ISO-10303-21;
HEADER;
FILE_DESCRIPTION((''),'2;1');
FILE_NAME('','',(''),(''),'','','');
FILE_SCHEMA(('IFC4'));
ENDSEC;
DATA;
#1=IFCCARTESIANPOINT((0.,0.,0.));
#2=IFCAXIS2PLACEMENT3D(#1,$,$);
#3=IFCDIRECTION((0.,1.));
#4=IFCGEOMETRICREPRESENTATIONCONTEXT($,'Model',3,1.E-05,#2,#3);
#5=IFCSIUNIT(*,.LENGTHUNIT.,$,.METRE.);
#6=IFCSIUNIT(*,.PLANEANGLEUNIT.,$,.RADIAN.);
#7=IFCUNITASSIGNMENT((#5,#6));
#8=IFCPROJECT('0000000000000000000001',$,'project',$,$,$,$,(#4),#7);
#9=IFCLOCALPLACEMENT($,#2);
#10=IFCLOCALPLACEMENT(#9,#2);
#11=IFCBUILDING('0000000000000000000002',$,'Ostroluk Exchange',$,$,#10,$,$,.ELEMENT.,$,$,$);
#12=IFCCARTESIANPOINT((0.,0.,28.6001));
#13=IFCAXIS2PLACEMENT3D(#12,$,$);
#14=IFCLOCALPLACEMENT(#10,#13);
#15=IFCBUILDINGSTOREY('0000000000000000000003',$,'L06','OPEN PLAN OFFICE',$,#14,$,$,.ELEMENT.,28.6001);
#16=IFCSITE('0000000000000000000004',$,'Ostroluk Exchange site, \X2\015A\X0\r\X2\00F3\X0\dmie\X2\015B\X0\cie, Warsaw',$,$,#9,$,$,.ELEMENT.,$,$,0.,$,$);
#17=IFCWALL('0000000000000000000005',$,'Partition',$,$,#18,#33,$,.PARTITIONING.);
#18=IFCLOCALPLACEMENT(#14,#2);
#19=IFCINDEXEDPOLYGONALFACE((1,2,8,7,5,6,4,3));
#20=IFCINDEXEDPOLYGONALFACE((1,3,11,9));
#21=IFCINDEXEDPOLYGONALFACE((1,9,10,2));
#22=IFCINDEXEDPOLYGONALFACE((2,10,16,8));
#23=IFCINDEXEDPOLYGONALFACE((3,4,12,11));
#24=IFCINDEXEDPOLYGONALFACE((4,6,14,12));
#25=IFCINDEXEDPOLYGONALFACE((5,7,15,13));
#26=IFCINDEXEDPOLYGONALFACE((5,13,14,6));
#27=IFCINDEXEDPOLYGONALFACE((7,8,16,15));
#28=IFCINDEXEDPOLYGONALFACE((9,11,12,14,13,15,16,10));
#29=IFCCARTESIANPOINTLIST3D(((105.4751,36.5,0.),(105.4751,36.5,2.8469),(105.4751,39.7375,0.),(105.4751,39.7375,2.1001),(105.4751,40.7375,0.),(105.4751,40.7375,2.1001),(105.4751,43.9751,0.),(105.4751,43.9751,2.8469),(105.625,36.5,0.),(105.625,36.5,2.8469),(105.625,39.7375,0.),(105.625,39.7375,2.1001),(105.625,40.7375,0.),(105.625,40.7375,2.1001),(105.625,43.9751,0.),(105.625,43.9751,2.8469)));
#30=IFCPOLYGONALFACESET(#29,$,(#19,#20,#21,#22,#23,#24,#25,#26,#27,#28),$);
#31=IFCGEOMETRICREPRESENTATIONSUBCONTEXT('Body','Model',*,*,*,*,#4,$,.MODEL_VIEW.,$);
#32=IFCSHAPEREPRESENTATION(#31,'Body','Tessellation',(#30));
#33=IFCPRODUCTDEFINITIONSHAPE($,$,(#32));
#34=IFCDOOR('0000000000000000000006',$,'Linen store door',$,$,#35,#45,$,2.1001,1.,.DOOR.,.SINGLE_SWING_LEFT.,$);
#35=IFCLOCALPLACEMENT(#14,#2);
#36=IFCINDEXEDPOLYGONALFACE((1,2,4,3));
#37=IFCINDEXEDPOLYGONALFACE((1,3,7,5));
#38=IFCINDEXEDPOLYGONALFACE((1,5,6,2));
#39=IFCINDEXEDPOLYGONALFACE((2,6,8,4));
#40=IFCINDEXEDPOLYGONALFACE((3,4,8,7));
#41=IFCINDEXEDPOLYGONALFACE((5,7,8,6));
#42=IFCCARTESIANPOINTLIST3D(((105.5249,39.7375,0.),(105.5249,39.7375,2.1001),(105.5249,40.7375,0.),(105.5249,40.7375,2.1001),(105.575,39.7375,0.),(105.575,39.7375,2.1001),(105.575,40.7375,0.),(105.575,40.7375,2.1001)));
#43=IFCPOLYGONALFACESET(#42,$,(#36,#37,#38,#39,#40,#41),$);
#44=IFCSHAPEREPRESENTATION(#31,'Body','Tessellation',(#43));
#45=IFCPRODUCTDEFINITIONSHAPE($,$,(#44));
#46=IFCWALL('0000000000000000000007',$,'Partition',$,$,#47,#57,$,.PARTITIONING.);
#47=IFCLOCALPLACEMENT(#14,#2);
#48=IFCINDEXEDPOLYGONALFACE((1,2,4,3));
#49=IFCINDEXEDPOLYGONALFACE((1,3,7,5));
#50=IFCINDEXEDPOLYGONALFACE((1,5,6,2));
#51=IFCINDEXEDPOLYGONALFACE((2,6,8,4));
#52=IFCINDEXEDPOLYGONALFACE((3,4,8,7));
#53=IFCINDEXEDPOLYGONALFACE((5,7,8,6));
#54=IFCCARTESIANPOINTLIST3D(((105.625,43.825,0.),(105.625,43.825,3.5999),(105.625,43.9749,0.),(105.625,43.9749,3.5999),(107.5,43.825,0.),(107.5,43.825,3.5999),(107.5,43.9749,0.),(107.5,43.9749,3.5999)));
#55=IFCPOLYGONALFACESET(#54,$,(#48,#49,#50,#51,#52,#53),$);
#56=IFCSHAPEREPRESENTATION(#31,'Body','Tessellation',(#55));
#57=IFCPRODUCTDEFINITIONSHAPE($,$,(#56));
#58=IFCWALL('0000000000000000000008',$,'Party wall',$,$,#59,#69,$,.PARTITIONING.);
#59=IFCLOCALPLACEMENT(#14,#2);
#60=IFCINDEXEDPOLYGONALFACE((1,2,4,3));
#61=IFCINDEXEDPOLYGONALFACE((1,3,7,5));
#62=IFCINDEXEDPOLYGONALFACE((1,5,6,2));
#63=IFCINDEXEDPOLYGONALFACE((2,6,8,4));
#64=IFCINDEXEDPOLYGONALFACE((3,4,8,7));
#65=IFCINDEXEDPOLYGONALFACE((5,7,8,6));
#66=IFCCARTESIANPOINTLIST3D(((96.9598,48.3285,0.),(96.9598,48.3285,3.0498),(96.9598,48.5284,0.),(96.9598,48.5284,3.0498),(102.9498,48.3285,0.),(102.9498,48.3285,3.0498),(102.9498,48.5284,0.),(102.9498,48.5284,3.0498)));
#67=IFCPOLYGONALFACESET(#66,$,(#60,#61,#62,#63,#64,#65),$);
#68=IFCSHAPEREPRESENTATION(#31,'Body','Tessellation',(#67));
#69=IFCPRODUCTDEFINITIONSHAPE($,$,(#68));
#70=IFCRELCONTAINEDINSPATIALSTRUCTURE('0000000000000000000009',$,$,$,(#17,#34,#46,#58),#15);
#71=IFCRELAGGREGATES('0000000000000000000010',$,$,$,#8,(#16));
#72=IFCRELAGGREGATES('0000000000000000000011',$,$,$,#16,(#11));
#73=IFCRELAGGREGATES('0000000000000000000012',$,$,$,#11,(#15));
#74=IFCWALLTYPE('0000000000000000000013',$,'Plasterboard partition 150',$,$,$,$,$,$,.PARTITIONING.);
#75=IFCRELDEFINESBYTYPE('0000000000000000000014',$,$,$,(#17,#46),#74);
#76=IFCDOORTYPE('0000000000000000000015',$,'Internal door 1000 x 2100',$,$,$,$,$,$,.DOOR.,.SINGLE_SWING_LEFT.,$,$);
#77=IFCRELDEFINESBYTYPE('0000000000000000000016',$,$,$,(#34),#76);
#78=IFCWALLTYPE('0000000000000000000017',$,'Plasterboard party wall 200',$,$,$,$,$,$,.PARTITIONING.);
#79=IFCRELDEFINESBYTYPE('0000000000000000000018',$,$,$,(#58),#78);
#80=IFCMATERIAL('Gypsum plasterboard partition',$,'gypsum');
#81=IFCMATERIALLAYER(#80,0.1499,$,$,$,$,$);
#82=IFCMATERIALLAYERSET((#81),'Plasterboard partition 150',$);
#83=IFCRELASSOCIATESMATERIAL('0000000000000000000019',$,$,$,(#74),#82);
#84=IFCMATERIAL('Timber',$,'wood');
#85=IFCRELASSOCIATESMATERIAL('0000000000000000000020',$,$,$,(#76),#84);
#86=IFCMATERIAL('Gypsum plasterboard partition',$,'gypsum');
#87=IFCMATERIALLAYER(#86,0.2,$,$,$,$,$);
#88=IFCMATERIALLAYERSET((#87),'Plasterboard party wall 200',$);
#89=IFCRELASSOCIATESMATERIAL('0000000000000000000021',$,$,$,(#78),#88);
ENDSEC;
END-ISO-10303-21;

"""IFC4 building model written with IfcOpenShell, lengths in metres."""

from ifc_helpers import new_model, si_unit, direction, frame, frame_2d, origin, place, context, subcontext, project, spatial, rectangle, extrude, material, layer, layer_set, type_object, element, fill, save


model = new_model("IFC4")

# Units and contexts
model_context = context("Model", 3, precision=1e-05, world=origin(), true_north=direction((0.0, 1.0)))
body_context = subcontext(model_context, "Body", "Model", "MODEL_VIEW")
ifc_project = project(units=[si_unit("LENGTHUNIT", "METRE"), si_unit("PLANEANGLEUNIT", "RADIAN")], contexts=[model_context])

# Site, building, storey
site_placement = place(None, origin())
site = spatial("IfcSite", under=ifc_project, at=site_placement, Name="Ostroluk Exchange site, Śródmieście, Warsaw", CompositionType="ELEMENT", RefElevation=0.0)
building_placement = place(site_placement, origin())
building = spatial("IfcBuilding", under=site, at=building_placement, Name="Ostroluk Exchange", CompositionType="ELEMENT")
storey_placement = place(building_placement, frame((0.0, 0.0, 28.6001)))
storey = spatial("IfcBuildingStorey", under=building, at=storey_placement, Name="L06", Description="OPEN PLAN OFFICE", CompositionType="ELEMENT", Elevation=28.6001)

# Wall, opening, door
ifc_material_1 = material(Name="Gypsum plasterboard partition", Category="gypsum")
ifc_layer_1 = layer(ifc_material_1, 0.1499)
ifc_layer_set_1 = layer_set([ifc_layer_1], Name="Plasterboard partition 150")
wall_type_1 = type_object("IfcWallType", Name="Plasterboard partition 150", PredefinedType="PARTITIONING", material=ifc_layer_set_1)
wall_1_placement = place(storey_placement, frame((105.55, 43.9751, 0.0), z_axis=(0.0, 0.0, 1.0), x_axis=(0.0, -1.0, 0.0)))
wall_1 = element("IfcWall", 1, at=wall_1_placement, inside=storey, type_object=wall_type_1, Name="Partition", PredefinedType="PARTITIONING", context=body_context, shape_type="SweptSolid", body=[
    extrude(rectangle(XDim=7.4751, YDim=0.1499, at=frame_2d((3.7375, 0.0))), origin(), (0.0, 0.0, 1.0), 2.8469),
])
opening_1_placement = place(wall_1_placement, frame((3.2375, 0.0, 0.0)))
opening_1 = element("IfcOpeningElement", 2, at=opening_1_placement, cuts=wall_1, PredefinedType="OPENING", context=body_context, shape_type="SweptSolid", body=[
    extrude(rectangle(XDim=1.0, YDim=2.1001, at=frame_2d((0.5, 1.05))), frame((0.0, 0.085, 0.0), z_axis=(0.0, -1.0, 0.0), x_axis=(1.0, 0.0, 0.0)), (0.0, 0.0, 1.0), 0.1699),
])
ifc_material_2 = material(Name="Timber", Category="wood")
door_type_1 = type_object("IfcDoorType", Name="Internal door 1000 x 2100", OperationType="SINGLE_SWING_LEFT", PredefinedType="DOOR", material=ifc_material_2)
door_1_placement = place(opening_1_placement, origin())
door_1 = element("IfcDoor", 3, at=door_1_placement, inside=storey, type_object=door_type_1, Name="Linen store door", OperationType="SINGLE_SWING_LEFT", OverallHeight=2.1001, OverallWidth=1.0, PredefinedType="DOOR", context=body_context, shape_type="SweptSolid", body=[
    extrude(rectangle(XDim=1.0, YDim=2.1001, at=frame_2d((0.5, 1.05))), frame((0.0, 0.0249, 0.0), z_axis=(0.0, -1.0, 0.0), x_axis=(1.0, 0.0, 0.0)), (0.0, 0.0, 1.0), 0.05),
])
fill(opening_1, door_1)

# Walls
wall_2_placement = place(storey_placement, frame((107.5, 43.8999, 0.0), z_axis=(0.0, 0.0, 1.0), x_axis=(-1.0, 0.0, 0.0)))
element("IfcWall", 4, at=wall_2_placement, inside=storey, type_object=wall_type_1, Name="Partition", PredefinedType="PARTITIONING", context=body_context, shape_type="SweptSolid", body=[
    extrude(rectangle(XDim=1.875, YDim=0.1499, at=frame_2d((0.9375, 0.0))), origin(), (0.0, 0.0, 1.0), 3.5999),
])
ifc_material_3 = material(Name="Gypsum plasterboard partition", Category="gypsum")
ifc_layer_2 = layer(ifc_material_3, 0.2)
ifc_layer_set_2 = layer_set([ifc_layer_2], Name="Plasterboard party wall 200")
wall_type_2 = type_object("IfcWallType", Name="Plasterboard party wall 200", PredefinedType="PARTITIONING", material=ifc_layer_set_2)
wall_3_placement = place(storey_placement, frame((102.95, 48.4285, 0.0), z_axis=(0.0, 0.0, 1.0), x_axis=(-1.0, 0.0, 0.0)))
element("IfcWall", 5, at=wall_3_placement, inside=storey, type_object=wall_type_2, Name="Party wall", PredefinedType="PARTITIONING", context=body_context, shape_type="SweptSolid", body=[
    extrude(rectangle(XDim=5.99, YDim=0.2, at=frame_2d((2.9951, 0.0))), origin(), (0.0, 0.0, 1.0), 3.0498),
])

save(model, "model.ifc")
